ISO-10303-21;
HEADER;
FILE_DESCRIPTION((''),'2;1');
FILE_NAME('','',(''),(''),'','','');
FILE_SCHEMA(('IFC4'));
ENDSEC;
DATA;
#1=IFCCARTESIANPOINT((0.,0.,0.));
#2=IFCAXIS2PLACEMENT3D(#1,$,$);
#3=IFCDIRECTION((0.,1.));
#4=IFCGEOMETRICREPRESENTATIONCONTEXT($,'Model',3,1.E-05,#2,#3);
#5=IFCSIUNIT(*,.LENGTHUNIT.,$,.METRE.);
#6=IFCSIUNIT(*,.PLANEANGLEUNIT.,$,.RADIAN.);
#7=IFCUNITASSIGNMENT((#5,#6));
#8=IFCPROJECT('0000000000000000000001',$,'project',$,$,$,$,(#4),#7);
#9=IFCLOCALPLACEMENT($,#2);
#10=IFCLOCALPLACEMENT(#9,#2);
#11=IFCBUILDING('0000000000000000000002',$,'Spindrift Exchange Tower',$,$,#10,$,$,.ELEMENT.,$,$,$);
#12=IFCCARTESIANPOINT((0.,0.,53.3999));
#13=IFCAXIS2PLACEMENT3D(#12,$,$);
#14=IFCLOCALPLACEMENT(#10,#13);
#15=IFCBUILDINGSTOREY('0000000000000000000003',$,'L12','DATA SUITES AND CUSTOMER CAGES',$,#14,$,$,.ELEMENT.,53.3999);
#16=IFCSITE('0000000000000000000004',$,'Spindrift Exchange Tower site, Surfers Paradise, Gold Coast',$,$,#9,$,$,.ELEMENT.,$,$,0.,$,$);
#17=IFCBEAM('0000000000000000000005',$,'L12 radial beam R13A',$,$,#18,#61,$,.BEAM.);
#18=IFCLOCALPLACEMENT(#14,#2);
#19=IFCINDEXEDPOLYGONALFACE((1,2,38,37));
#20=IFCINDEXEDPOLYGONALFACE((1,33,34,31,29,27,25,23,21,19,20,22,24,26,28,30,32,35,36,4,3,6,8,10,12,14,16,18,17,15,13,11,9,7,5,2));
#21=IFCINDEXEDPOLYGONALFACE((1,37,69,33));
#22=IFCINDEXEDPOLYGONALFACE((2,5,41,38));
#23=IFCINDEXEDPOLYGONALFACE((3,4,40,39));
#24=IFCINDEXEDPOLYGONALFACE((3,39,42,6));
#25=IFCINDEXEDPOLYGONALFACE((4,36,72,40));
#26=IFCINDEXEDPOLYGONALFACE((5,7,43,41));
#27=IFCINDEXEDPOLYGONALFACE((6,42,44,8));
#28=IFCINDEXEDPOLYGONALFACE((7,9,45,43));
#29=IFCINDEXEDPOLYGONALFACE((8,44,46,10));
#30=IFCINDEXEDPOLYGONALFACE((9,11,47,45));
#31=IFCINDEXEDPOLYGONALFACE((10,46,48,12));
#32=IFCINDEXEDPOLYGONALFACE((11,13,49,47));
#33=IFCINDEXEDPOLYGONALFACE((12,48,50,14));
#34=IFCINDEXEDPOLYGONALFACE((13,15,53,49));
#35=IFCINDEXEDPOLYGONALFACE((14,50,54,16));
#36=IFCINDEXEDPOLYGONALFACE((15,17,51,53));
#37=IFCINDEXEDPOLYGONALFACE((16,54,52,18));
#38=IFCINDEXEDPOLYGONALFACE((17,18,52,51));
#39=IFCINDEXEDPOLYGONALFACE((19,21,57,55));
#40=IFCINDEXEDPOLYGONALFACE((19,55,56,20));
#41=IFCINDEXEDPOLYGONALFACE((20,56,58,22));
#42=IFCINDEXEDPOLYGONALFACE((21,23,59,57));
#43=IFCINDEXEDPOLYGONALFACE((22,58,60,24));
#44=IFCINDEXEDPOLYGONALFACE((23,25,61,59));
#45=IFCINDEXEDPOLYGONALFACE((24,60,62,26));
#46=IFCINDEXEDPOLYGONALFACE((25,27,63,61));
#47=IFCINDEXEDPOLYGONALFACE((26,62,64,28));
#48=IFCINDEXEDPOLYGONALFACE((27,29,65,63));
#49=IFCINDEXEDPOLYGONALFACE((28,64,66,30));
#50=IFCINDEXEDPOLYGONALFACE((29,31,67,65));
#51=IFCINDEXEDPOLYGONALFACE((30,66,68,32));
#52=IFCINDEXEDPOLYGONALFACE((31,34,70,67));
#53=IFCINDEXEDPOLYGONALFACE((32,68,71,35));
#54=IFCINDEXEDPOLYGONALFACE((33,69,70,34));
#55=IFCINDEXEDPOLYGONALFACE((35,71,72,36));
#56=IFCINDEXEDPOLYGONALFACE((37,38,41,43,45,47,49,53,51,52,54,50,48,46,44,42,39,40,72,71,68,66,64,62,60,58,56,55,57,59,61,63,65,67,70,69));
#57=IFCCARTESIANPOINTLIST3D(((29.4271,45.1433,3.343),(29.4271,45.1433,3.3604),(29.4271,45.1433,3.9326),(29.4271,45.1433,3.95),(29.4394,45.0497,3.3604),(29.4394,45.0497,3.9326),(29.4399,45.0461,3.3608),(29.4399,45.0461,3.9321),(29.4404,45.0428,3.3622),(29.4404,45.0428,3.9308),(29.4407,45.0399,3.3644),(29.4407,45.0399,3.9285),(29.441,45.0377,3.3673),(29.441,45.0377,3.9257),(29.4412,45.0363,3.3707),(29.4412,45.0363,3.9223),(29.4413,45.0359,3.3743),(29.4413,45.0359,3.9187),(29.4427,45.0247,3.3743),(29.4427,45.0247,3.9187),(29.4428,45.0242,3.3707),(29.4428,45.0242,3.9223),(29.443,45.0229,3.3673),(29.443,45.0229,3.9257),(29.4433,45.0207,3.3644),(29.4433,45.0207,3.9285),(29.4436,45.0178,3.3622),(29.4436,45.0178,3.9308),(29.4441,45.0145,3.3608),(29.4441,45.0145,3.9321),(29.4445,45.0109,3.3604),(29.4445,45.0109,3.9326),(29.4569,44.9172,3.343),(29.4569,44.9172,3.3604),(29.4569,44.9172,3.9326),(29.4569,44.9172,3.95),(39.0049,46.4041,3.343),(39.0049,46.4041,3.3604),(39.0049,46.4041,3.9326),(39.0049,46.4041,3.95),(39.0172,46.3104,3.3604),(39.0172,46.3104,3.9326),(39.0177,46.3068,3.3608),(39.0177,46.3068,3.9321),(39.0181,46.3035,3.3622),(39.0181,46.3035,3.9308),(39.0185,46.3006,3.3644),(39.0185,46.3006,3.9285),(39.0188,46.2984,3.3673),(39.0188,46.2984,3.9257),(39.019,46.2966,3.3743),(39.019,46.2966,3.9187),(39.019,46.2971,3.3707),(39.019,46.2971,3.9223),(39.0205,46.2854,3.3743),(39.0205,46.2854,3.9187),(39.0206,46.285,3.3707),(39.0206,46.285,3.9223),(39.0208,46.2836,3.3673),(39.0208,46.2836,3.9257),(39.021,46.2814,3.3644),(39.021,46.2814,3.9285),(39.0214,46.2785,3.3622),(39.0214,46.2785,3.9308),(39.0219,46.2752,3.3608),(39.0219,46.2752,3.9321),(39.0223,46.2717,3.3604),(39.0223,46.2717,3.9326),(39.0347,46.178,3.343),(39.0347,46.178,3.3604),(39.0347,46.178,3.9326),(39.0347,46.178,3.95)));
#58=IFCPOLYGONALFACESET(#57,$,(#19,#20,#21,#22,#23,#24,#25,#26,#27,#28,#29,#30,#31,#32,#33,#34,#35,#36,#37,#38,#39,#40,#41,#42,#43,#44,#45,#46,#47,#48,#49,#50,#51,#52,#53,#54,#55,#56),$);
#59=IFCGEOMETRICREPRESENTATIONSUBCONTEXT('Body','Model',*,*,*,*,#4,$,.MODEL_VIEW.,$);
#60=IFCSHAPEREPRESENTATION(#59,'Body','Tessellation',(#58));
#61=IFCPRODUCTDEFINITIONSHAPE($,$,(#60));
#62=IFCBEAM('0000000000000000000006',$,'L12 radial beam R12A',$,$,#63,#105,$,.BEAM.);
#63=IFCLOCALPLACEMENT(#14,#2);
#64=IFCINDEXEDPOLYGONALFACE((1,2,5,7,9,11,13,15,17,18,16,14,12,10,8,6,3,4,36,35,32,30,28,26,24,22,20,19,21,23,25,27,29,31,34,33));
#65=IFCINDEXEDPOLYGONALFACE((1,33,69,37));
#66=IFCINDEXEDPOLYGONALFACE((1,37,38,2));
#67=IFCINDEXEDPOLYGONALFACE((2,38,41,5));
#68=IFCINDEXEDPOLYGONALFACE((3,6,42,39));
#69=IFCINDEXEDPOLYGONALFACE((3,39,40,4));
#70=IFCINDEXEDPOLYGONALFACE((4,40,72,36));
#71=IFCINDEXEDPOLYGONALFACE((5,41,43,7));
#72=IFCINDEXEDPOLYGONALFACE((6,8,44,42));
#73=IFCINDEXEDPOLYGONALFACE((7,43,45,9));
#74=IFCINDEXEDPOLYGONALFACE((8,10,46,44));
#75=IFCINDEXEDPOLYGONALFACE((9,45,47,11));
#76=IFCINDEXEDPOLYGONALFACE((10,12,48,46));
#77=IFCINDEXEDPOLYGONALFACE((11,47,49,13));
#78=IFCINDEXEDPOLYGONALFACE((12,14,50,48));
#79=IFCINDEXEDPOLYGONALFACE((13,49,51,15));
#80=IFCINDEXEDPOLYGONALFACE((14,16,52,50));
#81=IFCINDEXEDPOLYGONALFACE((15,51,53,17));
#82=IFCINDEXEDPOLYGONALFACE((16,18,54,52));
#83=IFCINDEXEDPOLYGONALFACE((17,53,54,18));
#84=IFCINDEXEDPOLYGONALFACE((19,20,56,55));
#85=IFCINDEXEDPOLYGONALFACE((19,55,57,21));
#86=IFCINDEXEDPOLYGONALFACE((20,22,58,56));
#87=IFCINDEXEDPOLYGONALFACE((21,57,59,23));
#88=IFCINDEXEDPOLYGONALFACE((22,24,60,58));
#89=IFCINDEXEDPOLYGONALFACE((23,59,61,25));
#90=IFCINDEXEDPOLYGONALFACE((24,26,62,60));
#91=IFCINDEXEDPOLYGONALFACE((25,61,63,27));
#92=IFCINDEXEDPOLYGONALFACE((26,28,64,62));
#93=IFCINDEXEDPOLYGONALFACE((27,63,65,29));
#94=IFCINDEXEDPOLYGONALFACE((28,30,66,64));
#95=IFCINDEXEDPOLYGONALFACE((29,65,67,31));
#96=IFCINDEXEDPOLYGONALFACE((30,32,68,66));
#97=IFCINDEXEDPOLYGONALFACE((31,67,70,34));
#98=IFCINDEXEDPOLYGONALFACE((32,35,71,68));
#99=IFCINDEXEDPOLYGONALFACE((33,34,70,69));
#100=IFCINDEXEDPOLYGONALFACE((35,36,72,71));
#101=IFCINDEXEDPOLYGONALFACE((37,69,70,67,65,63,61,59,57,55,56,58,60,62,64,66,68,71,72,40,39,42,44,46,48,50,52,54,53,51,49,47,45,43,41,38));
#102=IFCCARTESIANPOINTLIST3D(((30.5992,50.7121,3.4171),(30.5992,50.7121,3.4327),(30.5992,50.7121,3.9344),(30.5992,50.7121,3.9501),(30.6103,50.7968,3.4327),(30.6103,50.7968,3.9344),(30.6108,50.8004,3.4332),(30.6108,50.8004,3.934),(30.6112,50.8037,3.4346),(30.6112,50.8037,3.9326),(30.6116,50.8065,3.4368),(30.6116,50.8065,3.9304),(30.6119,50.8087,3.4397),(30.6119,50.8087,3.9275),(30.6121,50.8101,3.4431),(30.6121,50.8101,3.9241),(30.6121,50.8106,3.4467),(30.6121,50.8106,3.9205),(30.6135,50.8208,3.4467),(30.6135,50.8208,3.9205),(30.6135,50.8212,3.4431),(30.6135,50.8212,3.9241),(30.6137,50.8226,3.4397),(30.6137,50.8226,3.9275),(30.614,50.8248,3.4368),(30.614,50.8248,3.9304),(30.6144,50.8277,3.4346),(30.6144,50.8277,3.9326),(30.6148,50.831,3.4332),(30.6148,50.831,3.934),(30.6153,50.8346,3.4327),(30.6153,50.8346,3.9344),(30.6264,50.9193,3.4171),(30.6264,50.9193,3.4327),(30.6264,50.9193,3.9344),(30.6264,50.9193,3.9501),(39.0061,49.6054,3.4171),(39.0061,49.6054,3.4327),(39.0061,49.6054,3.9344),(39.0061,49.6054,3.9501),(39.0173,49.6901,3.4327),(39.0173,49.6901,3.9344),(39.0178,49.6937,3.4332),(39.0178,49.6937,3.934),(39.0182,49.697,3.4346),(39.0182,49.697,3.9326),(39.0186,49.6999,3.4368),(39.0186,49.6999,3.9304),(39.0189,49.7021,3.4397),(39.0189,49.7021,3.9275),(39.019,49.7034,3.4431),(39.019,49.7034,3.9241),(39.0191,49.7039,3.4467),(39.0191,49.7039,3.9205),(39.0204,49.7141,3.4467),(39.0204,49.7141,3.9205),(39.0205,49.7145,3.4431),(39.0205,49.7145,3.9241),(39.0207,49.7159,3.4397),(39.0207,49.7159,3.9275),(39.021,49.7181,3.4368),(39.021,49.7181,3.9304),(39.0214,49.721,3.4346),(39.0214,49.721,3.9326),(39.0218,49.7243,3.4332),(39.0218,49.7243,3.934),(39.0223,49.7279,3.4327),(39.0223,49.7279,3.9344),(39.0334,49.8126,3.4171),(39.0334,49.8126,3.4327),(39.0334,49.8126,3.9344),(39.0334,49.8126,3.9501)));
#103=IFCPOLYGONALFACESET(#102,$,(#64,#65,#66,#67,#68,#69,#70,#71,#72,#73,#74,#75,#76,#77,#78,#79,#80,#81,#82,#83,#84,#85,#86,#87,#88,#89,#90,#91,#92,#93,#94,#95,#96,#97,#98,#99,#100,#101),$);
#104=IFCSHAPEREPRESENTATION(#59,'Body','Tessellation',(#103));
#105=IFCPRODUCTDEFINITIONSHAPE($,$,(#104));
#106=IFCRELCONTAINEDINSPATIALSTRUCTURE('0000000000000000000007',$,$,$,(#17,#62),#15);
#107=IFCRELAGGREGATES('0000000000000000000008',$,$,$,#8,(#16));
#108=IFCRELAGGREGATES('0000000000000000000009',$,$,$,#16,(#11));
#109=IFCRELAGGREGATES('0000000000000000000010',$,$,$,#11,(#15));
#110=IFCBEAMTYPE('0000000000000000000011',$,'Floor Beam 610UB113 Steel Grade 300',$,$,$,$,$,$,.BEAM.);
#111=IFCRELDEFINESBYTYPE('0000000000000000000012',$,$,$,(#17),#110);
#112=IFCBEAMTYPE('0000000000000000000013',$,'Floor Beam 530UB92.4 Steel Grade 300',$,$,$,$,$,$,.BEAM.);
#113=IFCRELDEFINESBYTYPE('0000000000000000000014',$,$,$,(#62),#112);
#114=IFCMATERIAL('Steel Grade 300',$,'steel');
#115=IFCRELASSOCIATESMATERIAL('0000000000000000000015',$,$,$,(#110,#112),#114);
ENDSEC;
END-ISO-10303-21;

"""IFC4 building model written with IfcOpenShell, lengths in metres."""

from ifc_helpers import new_model, si_unit, direction, frame, origin, origin_2d, place, context, subcontext, project, spatial, i_section, extrude, source, transform, mapped, material, material_profile, profile_set, type_object, element, save


model = new_model("IFC4")

# Units and contexts
model_context = context("Model", 3, precision=1e-05, world=origin(), true_north=direction((0.0, 1.0)))
body_context = subcontext(model_context, "Body", "Model", "MODEL_VIEW")
ifc_project = project(units=[si_unit("LENGTHUNIT", "METRE"), si_unit("PLANEANGLEUNIT", "RADIAN")], contexts=[model_context])

# Site, building, storey
site_placement = place(None, origin())
site = spatial("IfcSite", under=ifc_project, at=site_placement, Name="Spindrift Exchange Tower site, Surfers Paradise, Gold Coast", CompositionType="ELEMENT", RefElevation=0.0)
building_placement = place(site_placement, origin())
building = spatial("IfcBuilding", under=site, at=building_placement, Name="Spindrift Exchange Tower", CompositionType="ELEMENT")
storey_placement = place(building_placement, frame((0.0, 0.0, 53.3999)))
storey = spatial("IfcBuildingStorey", under=building, at=storey_placement, Name="L12", Description="DATA SUITES AND CUSTOMER CAGES", CompositionType="ELEMENT", Elevation=53.3999)

# Beams
ifc_material_1 = material(Name="Steel Grade 300", Category="steel")
ifc_material_profile_1 = material_profile(ifc_material_1, i_section(OverallWidth=0.228, OverallDepth=0.6069, WebThickness=0.0112, FlangeThickness=0.0173, FilletRadius=0.0139, at=origin_2d()), Name="610UB113")
ifc_profile_set_1 = profile_set([ifc_material_profile_1], Name="Steel Grade 300")
beam_type_1 = type_object("IfcBeamType", Name="Floor Beam 610UB113 Steel Grade 300", PredefinedType="BEAM", material=ifc_profile_set_1)
shared_shape_1 = source(origin(), body_context, "Body", "SweptSolid", [
    extrude(i_section(OverallWidth=0.228, OverallDepth=0.6069, WebThickness=0.0112, FlangeThickness=0.0173, FilletRadius=0.0139, at=origin_2d()), origin(), (0.0, 0.0, 1.0), 9.6604),
])
beam_1_placement = place(storey_placement, frame((39.0198, 46.291, 3.6465), z_axis=(-0.991448, -0.130505, 0.0), x_axis=(0.130505, -0.991448, 0.0)))
element("IfcBeam", 1, at=beam_1_placement, inside=storey, type_object=beam_type_1, Name="L12 radial beam R13A", PredefinedType="BEAM", context=body_context, shape_type="MappedRepresentation", body=[
    mapped(shared_shape_1, transform((0.0, 0.0, 0.0), scale=1.0)),
])
ifc_material_profile_2 = material_profile(ifc_material_1, i_section(OverallWidth=0.209, OverallDepth=0.533, WebThickness=0.0103, FlangeThickness=0.0156, FilletRadius=0.0139, at=origin_2d()), Name="530UB92.4")
ifc_profile_set_2 = profile_set([ifc_material_profile_2], Name="Steel Grade 300")
beam_type_2 = type_object("IfcBeamType", Name="Floor Beam 530UB92.4 Steel Grade 300", PredefinedType="BEAM", material=ifc_profile_set_2)
shared_shape_2 = source(origin(), body_context, "Body", "SweptSolid", [
    extrude(i_section(OverallWidth=0.209, OverallDepth=0.533, WebThickness=0.0103, FlangeThickness=0.0156, FilletRadius=0.0139, at=origin_2d()), origin(), (0.0, 0.0, 1.0), 8.4795),
])
beam_2_placement = place(storey_placement, frame((39.0198, 49.709, 3.6836), z_axis=(-0.991447, 0.130513, 0.0), x_axis=(-0.130513, -0.991447, 0.0)))
element("IfcBeam", 2, at=beam_2_placement, inside=storey, type_object=beam_type_2, Name="L12 radial beam R12A", PredefinedType="BEAM", context=body_context, shape_type="MappedRepresentation", body=[
    mapped(shared_shape_2, transform((0.0, 0.0, 0.0), scale=1.0)),
])

save(model, "model.ifc")
